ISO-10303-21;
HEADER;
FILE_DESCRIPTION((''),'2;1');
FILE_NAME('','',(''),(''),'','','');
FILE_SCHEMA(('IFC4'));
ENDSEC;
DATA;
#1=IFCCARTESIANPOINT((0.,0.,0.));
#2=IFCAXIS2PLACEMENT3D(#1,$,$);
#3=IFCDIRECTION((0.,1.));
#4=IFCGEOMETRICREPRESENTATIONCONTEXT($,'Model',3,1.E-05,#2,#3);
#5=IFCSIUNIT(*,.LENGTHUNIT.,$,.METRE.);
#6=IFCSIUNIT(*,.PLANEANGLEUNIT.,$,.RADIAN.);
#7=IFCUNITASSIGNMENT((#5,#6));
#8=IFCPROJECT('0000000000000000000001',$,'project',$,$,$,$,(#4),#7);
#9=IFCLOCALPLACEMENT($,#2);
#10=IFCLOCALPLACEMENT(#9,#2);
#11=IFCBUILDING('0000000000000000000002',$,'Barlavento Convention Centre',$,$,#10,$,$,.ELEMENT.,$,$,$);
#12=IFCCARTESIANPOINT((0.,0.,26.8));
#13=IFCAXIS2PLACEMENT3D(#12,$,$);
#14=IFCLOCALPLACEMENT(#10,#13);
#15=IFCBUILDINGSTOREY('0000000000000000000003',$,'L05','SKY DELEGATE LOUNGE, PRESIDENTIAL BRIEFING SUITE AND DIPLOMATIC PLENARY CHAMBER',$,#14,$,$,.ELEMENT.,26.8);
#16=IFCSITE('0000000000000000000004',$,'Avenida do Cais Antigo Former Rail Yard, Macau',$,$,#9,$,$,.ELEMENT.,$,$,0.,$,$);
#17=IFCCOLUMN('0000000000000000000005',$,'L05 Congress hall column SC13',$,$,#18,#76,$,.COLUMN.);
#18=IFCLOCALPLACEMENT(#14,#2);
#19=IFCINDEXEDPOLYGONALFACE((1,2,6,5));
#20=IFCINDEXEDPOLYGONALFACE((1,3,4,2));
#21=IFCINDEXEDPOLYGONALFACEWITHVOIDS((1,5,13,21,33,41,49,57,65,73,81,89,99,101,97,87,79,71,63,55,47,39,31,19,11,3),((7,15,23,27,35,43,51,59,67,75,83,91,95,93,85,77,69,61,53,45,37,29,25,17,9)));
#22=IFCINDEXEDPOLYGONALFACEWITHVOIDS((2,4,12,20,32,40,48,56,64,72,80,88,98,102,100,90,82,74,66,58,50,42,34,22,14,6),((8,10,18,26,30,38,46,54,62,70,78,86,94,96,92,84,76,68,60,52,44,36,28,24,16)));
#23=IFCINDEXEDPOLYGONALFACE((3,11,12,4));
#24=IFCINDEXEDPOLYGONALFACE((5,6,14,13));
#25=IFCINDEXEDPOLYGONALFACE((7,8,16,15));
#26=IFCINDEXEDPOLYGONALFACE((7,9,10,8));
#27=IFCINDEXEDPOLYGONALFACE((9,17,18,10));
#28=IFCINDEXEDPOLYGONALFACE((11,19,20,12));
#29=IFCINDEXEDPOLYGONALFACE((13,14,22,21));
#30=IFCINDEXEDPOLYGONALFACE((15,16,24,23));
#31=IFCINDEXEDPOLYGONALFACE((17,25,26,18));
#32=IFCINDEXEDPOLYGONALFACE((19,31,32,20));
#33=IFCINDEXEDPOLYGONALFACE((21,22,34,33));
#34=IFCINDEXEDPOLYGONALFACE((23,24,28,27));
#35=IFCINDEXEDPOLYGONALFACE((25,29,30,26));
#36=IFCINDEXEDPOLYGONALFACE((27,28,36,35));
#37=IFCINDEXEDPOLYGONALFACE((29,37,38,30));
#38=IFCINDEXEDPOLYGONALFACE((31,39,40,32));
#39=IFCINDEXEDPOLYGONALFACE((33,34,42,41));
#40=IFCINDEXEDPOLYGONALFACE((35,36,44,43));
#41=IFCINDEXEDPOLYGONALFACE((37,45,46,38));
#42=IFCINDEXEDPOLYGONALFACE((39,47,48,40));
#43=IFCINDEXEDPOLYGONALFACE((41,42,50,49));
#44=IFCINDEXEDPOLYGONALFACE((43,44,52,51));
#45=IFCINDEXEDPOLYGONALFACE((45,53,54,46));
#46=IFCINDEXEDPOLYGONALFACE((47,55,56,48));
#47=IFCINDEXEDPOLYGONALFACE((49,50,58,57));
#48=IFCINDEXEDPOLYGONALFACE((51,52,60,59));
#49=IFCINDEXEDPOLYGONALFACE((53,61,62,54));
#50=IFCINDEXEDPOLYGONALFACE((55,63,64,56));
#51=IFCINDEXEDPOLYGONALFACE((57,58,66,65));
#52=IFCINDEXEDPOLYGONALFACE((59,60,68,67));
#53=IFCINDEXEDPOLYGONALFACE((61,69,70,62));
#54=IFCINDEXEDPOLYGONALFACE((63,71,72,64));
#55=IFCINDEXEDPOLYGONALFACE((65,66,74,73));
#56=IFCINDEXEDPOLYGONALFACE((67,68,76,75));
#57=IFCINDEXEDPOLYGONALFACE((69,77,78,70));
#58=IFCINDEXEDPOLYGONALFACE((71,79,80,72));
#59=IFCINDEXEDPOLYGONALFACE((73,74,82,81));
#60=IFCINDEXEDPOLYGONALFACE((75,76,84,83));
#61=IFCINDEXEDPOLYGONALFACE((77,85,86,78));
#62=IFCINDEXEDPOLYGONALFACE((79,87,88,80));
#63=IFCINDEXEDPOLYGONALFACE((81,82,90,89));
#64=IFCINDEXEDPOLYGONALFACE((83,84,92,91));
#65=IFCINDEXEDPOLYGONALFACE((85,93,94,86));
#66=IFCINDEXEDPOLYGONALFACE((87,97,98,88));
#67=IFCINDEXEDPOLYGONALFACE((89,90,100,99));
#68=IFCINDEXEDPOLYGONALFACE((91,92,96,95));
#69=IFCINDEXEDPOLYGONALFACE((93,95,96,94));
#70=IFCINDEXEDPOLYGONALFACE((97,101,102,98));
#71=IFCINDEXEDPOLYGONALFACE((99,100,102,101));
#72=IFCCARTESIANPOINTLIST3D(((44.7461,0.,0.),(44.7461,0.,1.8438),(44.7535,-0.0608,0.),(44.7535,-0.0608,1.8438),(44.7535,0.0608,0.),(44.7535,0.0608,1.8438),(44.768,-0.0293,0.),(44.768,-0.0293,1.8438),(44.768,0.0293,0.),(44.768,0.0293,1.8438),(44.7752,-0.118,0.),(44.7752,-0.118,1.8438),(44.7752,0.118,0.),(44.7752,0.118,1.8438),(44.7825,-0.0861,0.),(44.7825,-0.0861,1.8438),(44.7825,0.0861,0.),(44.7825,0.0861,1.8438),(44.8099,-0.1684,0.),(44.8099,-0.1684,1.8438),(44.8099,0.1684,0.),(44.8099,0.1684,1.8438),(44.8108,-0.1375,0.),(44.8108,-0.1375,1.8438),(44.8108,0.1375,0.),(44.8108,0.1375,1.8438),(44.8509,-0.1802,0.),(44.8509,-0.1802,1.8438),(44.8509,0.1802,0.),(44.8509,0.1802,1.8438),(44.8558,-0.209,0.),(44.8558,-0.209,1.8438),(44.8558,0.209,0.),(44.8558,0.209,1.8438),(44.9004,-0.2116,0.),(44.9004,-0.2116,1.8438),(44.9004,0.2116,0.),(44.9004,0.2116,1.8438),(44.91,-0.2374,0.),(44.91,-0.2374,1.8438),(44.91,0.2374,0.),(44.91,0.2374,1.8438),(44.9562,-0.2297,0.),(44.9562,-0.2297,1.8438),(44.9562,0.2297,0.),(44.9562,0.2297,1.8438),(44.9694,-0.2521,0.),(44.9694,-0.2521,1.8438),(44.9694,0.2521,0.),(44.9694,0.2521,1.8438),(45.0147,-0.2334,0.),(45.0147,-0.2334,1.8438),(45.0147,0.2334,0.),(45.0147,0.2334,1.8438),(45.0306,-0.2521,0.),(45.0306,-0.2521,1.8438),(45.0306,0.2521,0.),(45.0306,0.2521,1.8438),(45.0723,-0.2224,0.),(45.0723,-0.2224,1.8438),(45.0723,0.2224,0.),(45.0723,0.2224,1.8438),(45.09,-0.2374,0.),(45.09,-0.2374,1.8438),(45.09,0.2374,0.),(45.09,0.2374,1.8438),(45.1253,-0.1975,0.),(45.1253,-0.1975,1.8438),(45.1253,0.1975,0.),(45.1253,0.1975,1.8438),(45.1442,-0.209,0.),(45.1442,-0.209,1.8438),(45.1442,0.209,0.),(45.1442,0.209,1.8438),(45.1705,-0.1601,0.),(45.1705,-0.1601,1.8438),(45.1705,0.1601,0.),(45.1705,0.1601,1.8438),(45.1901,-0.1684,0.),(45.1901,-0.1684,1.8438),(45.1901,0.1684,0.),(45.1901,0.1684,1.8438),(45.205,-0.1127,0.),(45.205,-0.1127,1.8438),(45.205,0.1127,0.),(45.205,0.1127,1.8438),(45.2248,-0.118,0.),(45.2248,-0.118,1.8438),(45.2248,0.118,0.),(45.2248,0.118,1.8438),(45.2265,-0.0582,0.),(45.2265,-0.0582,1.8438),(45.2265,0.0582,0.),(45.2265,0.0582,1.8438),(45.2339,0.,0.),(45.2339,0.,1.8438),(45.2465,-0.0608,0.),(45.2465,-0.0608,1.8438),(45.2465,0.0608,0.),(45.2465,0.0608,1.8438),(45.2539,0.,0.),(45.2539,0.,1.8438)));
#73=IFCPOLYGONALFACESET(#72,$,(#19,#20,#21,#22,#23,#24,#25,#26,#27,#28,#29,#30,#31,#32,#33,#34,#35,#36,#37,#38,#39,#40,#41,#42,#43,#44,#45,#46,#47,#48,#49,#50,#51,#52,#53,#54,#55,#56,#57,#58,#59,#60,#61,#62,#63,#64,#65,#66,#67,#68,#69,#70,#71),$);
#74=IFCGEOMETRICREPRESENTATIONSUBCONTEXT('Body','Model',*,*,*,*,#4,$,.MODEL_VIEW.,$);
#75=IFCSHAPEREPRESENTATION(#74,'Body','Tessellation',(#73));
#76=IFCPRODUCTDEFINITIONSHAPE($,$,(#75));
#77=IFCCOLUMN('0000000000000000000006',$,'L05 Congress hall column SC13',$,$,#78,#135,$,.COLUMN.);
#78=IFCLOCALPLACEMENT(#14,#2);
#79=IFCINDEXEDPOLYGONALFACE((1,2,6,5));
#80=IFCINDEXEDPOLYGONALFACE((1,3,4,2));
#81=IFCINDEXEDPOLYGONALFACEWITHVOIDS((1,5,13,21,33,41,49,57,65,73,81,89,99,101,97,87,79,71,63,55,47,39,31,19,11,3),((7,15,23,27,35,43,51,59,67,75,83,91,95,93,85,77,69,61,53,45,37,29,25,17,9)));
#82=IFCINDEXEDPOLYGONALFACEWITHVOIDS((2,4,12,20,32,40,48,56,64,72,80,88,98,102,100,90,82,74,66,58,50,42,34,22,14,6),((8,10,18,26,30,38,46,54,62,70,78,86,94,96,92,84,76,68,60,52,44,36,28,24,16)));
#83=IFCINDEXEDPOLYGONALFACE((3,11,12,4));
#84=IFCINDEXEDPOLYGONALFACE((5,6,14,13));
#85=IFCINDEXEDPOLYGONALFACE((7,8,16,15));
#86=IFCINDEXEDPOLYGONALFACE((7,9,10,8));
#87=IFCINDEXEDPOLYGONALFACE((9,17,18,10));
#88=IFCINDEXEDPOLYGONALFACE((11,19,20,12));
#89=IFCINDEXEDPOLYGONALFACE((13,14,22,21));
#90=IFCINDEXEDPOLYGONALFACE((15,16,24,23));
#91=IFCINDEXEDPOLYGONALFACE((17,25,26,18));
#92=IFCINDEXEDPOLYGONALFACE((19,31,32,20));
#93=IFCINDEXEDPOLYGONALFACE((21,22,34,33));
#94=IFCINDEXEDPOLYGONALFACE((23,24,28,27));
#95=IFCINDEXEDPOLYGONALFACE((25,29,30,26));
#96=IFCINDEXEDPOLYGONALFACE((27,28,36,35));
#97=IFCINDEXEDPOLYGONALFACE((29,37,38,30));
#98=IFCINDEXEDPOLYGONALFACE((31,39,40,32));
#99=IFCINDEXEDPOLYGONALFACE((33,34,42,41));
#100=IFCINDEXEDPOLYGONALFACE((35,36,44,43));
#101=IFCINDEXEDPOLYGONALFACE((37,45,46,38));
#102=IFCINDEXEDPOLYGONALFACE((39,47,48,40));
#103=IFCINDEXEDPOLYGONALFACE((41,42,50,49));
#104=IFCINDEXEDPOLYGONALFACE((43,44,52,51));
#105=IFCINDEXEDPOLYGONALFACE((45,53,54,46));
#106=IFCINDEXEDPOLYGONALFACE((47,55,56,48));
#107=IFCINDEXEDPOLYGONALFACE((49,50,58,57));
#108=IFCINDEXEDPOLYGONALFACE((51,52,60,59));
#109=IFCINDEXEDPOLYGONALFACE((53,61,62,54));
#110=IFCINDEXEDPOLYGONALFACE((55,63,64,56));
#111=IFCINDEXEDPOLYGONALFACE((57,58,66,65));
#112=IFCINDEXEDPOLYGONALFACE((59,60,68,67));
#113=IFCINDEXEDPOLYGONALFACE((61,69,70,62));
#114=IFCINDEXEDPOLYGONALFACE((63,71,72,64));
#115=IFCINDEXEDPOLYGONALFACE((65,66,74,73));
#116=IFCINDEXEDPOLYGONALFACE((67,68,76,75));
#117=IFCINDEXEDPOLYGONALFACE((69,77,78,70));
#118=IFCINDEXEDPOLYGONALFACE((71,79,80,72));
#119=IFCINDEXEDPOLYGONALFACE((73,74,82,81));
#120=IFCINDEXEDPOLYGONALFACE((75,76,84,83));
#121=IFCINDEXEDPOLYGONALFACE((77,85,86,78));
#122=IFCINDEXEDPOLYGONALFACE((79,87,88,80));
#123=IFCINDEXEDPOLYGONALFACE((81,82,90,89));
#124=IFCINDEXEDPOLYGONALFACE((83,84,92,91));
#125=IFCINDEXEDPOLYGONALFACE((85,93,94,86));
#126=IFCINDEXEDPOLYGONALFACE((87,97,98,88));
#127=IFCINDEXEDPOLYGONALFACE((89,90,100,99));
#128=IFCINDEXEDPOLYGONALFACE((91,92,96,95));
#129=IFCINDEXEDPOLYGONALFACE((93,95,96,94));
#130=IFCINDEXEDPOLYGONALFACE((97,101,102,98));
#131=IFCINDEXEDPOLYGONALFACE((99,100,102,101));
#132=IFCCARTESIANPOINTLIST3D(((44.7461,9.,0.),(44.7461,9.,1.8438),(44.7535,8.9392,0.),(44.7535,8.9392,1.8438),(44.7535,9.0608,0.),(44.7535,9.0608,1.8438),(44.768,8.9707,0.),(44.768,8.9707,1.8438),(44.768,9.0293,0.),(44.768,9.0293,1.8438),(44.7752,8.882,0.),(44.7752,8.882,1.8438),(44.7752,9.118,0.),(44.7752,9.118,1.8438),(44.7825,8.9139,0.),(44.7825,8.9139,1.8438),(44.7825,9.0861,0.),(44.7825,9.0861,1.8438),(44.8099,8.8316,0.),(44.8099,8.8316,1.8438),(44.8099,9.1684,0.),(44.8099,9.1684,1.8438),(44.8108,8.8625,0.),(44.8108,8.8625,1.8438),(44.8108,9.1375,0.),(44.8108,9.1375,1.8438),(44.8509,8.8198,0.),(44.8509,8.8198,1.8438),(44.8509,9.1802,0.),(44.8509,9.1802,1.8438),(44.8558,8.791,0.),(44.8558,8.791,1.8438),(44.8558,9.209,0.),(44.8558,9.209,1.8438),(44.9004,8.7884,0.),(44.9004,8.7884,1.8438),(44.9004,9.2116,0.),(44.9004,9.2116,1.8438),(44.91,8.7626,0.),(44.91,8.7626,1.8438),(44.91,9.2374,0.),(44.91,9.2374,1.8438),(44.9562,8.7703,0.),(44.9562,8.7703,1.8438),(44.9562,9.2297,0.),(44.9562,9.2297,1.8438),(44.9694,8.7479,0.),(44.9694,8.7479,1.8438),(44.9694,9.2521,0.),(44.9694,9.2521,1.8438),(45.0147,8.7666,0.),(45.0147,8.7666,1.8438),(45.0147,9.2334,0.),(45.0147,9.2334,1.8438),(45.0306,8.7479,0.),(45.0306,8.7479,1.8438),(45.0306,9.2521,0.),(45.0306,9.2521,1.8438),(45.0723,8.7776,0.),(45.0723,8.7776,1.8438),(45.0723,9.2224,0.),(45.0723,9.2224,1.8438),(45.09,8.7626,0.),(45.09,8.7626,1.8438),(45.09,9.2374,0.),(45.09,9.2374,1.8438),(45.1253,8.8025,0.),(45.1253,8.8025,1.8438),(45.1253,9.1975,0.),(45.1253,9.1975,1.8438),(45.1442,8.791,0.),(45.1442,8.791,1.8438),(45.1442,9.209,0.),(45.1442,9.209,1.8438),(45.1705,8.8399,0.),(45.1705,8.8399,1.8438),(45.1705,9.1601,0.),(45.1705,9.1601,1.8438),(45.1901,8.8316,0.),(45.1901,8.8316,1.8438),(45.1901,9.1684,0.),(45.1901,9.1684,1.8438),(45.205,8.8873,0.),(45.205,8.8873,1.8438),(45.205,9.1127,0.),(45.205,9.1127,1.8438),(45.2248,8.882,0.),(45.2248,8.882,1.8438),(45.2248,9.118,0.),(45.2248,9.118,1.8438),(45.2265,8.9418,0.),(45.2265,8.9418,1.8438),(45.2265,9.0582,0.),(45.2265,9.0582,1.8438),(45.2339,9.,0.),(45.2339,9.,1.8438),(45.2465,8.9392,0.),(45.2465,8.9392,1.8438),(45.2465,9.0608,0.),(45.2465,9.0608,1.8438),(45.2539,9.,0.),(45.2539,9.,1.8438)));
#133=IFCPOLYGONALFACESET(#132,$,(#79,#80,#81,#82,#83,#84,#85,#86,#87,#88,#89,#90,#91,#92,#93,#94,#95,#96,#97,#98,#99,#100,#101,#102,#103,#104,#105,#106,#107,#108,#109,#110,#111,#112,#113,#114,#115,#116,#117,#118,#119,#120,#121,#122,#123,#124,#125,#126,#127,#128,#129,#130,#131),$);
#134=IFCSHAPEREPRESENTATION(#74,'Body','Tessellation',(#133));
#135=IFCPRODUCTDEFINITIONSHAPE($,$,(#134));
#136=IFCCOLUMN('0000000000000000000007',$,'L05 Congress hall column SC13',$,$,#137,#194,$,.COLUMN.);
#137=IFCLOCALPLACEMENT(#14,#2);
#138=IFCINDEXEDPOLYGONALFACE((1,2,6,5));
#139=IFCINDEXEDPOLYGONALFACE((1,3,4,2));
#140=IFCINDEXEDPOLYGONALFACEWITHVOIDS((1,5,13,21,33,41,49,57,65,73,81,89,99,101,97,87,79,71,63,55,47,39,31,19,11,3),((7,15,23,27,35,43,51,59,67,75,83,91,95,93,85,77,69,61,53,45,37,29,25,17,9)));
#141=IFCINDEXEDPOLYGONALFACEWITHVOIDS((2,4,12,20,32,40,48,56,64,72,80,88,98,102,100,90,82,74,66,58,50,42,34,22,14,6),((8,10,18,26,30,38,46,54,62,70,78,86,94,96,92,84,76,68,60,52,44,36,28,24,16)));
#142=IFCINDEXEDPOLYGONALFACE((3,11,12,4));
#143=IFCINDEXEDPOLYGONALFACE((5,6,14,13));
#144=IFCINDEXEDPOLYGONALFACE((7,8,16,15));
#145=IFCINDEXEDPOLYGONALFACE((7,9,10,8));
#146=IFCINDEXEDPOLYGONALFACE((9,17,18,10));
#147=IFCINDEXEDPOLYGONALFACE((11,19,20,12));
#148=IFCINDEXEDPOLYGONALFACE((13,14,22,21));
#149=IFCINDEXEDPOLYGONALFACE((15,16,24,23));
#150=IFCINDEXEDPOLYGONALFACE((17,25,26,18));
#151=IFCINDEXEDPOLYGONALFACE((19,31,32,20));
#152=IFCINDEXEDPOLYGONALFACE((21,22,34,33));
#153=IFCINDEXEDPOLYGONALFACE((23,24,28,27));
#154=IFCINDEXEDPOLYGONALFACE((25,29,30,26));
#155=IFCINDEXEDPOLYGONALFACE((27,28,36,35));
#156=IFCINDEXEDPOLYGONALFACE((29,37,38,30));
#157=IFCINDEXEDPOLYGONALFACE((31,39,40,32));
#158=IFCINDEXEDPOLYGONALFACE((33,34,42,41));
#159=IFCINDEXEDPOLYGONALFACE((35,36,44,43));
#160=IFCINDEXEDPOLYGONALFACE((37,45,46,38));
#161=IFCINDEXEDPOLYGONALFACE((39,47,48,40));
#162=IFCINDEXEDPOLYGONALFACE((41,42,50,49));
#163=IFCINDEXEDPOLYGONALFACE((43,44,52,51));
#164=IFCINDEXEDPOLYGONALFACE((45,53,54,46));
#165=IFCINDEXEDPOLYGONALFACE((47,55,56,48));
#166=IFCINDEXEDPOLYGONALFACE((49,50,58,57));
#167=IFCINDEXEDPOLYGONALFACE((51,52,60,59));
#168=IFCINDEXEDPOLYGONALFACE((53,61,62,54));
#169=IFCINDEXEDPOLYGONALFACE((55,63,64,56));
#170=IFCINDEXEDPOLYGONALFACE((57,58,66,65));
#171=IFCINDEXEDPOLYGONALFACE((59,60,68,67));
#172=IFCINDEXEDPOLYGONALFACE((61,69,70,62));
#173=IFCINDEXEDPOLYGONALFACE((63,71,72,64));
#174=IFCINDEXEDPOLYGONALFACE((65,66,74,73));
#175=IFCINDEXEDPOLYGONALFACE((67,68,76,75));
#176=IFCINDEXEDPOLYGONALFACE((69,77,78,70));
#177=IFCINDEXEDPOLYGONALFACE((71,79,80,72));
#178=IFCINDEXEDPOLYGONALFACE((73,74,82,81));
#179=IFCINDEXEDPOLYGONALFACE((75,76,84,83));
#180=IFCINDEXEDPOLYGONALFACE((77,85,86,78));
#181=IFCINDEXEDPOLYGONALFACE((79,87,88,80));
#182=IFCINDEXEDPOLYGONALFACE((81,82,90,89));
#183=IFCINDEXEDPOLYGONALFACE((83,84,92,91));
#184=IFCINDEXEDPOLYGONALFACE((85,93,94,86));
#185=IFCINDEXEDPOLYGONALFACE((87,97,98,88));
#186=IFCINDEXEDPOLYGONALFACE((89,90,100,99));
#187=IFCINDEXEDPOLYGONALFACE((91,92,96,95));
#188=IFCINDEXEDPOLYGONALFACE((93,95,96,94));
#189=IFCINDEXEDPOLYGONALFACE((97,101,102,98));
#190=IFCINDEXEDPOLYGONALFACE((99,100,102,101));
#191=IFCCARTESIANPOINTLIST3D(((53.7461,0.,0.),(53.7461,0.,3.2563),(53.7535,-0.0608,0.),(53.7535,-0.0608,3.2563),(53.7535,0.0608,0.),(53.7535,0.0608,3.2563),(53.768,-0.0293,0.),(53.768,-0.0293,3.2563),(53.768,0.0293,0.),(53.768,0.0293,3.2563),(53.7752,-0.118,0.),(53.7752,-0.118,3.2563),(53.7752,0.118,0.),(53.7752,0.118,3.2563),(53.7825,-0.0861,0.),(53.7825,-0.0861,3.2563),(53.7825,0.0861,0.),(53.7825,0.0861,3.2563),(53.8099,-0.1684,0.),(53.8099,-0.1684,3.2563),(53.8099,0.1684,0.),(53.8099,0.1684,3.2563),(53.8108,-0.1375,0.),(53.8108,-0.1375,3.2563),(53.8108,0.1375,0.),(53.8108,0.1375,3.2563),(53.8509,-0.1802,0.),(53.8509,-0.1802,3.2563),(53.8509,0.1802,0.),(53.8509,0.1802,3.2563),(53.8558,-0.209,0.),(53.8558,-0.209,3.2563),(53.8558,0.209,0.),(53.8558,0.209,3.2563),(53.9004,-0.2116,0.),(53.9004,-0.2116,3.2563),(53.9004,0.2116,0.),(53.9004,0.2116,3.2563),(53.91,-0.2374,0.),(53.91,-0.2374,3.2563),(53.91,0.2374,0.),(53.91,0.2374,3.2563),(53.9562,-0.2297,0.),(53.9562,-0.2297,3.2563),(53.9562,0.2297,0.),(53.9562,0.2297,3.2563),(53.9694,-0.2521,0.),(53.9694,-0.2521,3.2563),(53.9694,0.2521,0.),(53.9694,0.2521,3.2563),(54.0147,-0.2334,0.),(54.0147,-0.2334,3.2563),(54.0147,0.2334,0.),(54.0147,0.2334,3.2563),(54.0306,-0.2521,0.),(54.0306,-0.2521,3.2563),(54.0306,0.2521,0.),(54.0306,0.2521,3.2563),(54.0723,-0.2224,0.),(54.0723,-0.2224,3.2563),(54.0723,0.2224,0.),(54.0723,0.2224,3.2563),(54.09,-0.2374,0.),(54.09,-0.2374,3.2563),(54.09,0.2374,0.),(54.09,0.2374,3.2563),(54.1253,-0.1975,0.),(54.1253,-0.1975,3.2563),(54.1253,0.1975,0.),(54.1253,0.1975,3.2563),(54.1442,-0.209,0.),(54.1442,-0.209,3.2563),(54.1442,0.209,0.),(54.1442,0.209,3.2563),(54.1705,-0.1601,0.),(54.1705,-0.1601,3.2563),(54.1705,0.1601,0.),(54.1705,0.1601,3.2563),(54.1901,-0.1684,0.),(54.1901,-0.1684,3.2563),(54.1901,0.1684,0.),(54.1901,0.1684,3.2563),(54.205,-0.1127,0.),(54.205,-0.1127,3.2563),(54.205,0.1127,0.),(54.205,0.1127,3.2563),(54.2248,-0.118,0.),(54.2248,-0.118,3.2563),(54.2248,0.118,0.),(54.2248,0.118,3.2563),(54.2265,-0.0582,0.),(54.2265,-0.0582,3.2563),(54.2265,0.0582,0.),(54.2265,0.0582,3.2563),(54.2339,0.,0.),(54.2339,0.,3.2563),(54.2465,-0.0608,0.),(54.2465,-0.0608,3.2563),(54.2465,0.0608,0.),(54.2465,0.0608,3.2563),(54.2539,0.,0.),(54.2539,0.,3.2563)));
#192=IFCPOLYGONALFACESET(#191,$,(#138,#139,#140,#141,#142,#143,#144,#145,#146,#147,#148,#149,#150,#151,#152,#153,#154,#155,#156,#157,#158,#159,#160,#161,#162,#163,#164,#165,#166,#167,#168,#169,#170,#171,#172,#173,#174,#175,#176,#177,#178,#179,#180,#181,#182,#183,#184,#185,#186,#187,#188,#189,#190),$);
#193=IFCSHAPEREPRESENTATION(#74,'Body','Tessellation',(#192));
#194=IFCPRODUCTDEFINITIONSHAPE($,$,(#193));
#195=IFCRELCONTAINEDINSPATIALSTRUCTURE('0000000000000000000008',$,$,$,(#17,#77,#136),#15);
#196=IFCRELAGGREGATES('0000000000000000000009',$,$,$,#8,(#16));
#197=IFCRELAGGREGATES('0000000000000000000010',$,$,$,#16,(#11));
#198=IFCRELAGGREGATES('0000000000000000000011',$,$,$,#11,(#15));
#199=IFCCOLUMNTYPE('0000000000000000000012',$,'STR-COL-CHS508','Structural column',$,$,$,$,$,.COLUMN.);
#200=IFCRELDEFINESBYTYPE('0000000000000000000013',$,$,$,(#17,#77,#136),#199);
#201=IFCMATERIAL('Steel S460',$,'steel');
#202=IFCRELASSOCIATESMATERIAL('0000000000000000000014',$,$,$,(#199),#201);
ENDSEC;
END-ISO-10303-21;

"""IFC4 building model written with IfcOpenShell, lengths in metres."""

from ifc_helpers import new_model, si_unit, direction, frame, origin, origin_2d, place, context, subcontext, project, spatial, hollow_circle, extrude, material, material_profile, profile_set, type_object, element, save


model = new_model("IFC4")

# Units and contexts
model_context = context("Model", 3, precision=1e-05, world=origin(), true_north=direction((0.0, 1.0)))
body_context = subcontext(model_context, "Body", "Model", "MODEL_VIEW")
ifc_project = project(units=[si_unit("LENGTHUNIT", "METRE"), si_unit("PLANEANGLEUNIT", "RADIAN")], contexts=[model_context])

# Site, building, storey
site_placement = place(None, origin())
site = spatial("IfcSite", under=ifc_project, at=site_placement, Name="Avenida do Cais Antigo Former Rail Yard, Macau", CompositionType="ELEMENT", RefElevation=0.0)
building_placement = place(site_placement, origin())
building = spatial("IfcBuilding", under=site, at=building_placement, Name="Barlavento Convention Centre", CompositionType="ELEMENT")
storey_placement = place(building_placement, frame((0.0, 0.0, 26.8)))
storey = spatial("IfcBuildingStorey", under=building, at=storey_placement, Name="L05", Description="SKY DELEGATE LOUNGE, PRESIDENTIAL BRIEFING SUITE AND DIPLOMATIC PLENARY CHAMBER", CompositionType="ELEMENT", Elevation=26.8)

# Columns
ifc_material_1 = material(Name="Steel S460", Category="steel")
ifc_material_profile_1 = material_profile(ifc_material_1, hollow_circle(Radius=0.2539, WallThickness=0.02, at=origin_2d()), Name="CHS 508.0x20.0")
ifc_profile_set_1 = profile_set([ifc_material_profile_1], Name="Steel S460")
column_type_1 = type_object("IfcColumnType", Name="STR-COL-CHS508", Description="Structural column", PredefinedType="COLUMN", material=ifc_profile_set_1)
for number, where, z_axis, x_axis, name in (
    (1, (45.0, 0.0, 0.0), (0.0, 0.0, 1.0), (1.0, 0.0, 0.0), "L05 Congress hall column SC13"),
    (2, (45.0, 9.0, 0.0), (0.0, 0.0, 1.0), (1.0, 0.0, 0.0), "L05 Congress hall column SC13"),
):
    element("IfcColumn", number, at=place(storey_placement, frame(where, z_axis=z_axis, x_axis=x_axis)), inside=storey, type_object=column_type_1, Name=name, PredefinedType="COLUMN", context=body_context, shape_type="SweptSolid", body=[
        extrude(hollow_circle(Radius=0.2539, WallThickness=0.02, at=origin_2d()), origin(), (0.0, 0.0, 1.0), 1.8438),
    ])
for number, where, z_axis, x_axis, name in (
    (3, (54.0, 0.0, 0.0), (0.0, 0.0, 1.0), (1.0, 0.0, 0.0), "L05 Congress hall column SC13"),
):
    element("IfcColumn", number, at=place(storey_placement, frame(where, z_axis=z_axis, x_axis=x_axis)), inside=storey, type_object=column_type_1, Name=name, PredefinedType="COLUMN", context=body_context, shape_type="SweptSolid", body=[
        extrude(hollow_circle(Radius=0.2539, WallThickness=0.02, at=origin_2d()), origin(), (0.0, 0.0, 1.0), 3.2563),
    ])

save(model, "model.ifc")
